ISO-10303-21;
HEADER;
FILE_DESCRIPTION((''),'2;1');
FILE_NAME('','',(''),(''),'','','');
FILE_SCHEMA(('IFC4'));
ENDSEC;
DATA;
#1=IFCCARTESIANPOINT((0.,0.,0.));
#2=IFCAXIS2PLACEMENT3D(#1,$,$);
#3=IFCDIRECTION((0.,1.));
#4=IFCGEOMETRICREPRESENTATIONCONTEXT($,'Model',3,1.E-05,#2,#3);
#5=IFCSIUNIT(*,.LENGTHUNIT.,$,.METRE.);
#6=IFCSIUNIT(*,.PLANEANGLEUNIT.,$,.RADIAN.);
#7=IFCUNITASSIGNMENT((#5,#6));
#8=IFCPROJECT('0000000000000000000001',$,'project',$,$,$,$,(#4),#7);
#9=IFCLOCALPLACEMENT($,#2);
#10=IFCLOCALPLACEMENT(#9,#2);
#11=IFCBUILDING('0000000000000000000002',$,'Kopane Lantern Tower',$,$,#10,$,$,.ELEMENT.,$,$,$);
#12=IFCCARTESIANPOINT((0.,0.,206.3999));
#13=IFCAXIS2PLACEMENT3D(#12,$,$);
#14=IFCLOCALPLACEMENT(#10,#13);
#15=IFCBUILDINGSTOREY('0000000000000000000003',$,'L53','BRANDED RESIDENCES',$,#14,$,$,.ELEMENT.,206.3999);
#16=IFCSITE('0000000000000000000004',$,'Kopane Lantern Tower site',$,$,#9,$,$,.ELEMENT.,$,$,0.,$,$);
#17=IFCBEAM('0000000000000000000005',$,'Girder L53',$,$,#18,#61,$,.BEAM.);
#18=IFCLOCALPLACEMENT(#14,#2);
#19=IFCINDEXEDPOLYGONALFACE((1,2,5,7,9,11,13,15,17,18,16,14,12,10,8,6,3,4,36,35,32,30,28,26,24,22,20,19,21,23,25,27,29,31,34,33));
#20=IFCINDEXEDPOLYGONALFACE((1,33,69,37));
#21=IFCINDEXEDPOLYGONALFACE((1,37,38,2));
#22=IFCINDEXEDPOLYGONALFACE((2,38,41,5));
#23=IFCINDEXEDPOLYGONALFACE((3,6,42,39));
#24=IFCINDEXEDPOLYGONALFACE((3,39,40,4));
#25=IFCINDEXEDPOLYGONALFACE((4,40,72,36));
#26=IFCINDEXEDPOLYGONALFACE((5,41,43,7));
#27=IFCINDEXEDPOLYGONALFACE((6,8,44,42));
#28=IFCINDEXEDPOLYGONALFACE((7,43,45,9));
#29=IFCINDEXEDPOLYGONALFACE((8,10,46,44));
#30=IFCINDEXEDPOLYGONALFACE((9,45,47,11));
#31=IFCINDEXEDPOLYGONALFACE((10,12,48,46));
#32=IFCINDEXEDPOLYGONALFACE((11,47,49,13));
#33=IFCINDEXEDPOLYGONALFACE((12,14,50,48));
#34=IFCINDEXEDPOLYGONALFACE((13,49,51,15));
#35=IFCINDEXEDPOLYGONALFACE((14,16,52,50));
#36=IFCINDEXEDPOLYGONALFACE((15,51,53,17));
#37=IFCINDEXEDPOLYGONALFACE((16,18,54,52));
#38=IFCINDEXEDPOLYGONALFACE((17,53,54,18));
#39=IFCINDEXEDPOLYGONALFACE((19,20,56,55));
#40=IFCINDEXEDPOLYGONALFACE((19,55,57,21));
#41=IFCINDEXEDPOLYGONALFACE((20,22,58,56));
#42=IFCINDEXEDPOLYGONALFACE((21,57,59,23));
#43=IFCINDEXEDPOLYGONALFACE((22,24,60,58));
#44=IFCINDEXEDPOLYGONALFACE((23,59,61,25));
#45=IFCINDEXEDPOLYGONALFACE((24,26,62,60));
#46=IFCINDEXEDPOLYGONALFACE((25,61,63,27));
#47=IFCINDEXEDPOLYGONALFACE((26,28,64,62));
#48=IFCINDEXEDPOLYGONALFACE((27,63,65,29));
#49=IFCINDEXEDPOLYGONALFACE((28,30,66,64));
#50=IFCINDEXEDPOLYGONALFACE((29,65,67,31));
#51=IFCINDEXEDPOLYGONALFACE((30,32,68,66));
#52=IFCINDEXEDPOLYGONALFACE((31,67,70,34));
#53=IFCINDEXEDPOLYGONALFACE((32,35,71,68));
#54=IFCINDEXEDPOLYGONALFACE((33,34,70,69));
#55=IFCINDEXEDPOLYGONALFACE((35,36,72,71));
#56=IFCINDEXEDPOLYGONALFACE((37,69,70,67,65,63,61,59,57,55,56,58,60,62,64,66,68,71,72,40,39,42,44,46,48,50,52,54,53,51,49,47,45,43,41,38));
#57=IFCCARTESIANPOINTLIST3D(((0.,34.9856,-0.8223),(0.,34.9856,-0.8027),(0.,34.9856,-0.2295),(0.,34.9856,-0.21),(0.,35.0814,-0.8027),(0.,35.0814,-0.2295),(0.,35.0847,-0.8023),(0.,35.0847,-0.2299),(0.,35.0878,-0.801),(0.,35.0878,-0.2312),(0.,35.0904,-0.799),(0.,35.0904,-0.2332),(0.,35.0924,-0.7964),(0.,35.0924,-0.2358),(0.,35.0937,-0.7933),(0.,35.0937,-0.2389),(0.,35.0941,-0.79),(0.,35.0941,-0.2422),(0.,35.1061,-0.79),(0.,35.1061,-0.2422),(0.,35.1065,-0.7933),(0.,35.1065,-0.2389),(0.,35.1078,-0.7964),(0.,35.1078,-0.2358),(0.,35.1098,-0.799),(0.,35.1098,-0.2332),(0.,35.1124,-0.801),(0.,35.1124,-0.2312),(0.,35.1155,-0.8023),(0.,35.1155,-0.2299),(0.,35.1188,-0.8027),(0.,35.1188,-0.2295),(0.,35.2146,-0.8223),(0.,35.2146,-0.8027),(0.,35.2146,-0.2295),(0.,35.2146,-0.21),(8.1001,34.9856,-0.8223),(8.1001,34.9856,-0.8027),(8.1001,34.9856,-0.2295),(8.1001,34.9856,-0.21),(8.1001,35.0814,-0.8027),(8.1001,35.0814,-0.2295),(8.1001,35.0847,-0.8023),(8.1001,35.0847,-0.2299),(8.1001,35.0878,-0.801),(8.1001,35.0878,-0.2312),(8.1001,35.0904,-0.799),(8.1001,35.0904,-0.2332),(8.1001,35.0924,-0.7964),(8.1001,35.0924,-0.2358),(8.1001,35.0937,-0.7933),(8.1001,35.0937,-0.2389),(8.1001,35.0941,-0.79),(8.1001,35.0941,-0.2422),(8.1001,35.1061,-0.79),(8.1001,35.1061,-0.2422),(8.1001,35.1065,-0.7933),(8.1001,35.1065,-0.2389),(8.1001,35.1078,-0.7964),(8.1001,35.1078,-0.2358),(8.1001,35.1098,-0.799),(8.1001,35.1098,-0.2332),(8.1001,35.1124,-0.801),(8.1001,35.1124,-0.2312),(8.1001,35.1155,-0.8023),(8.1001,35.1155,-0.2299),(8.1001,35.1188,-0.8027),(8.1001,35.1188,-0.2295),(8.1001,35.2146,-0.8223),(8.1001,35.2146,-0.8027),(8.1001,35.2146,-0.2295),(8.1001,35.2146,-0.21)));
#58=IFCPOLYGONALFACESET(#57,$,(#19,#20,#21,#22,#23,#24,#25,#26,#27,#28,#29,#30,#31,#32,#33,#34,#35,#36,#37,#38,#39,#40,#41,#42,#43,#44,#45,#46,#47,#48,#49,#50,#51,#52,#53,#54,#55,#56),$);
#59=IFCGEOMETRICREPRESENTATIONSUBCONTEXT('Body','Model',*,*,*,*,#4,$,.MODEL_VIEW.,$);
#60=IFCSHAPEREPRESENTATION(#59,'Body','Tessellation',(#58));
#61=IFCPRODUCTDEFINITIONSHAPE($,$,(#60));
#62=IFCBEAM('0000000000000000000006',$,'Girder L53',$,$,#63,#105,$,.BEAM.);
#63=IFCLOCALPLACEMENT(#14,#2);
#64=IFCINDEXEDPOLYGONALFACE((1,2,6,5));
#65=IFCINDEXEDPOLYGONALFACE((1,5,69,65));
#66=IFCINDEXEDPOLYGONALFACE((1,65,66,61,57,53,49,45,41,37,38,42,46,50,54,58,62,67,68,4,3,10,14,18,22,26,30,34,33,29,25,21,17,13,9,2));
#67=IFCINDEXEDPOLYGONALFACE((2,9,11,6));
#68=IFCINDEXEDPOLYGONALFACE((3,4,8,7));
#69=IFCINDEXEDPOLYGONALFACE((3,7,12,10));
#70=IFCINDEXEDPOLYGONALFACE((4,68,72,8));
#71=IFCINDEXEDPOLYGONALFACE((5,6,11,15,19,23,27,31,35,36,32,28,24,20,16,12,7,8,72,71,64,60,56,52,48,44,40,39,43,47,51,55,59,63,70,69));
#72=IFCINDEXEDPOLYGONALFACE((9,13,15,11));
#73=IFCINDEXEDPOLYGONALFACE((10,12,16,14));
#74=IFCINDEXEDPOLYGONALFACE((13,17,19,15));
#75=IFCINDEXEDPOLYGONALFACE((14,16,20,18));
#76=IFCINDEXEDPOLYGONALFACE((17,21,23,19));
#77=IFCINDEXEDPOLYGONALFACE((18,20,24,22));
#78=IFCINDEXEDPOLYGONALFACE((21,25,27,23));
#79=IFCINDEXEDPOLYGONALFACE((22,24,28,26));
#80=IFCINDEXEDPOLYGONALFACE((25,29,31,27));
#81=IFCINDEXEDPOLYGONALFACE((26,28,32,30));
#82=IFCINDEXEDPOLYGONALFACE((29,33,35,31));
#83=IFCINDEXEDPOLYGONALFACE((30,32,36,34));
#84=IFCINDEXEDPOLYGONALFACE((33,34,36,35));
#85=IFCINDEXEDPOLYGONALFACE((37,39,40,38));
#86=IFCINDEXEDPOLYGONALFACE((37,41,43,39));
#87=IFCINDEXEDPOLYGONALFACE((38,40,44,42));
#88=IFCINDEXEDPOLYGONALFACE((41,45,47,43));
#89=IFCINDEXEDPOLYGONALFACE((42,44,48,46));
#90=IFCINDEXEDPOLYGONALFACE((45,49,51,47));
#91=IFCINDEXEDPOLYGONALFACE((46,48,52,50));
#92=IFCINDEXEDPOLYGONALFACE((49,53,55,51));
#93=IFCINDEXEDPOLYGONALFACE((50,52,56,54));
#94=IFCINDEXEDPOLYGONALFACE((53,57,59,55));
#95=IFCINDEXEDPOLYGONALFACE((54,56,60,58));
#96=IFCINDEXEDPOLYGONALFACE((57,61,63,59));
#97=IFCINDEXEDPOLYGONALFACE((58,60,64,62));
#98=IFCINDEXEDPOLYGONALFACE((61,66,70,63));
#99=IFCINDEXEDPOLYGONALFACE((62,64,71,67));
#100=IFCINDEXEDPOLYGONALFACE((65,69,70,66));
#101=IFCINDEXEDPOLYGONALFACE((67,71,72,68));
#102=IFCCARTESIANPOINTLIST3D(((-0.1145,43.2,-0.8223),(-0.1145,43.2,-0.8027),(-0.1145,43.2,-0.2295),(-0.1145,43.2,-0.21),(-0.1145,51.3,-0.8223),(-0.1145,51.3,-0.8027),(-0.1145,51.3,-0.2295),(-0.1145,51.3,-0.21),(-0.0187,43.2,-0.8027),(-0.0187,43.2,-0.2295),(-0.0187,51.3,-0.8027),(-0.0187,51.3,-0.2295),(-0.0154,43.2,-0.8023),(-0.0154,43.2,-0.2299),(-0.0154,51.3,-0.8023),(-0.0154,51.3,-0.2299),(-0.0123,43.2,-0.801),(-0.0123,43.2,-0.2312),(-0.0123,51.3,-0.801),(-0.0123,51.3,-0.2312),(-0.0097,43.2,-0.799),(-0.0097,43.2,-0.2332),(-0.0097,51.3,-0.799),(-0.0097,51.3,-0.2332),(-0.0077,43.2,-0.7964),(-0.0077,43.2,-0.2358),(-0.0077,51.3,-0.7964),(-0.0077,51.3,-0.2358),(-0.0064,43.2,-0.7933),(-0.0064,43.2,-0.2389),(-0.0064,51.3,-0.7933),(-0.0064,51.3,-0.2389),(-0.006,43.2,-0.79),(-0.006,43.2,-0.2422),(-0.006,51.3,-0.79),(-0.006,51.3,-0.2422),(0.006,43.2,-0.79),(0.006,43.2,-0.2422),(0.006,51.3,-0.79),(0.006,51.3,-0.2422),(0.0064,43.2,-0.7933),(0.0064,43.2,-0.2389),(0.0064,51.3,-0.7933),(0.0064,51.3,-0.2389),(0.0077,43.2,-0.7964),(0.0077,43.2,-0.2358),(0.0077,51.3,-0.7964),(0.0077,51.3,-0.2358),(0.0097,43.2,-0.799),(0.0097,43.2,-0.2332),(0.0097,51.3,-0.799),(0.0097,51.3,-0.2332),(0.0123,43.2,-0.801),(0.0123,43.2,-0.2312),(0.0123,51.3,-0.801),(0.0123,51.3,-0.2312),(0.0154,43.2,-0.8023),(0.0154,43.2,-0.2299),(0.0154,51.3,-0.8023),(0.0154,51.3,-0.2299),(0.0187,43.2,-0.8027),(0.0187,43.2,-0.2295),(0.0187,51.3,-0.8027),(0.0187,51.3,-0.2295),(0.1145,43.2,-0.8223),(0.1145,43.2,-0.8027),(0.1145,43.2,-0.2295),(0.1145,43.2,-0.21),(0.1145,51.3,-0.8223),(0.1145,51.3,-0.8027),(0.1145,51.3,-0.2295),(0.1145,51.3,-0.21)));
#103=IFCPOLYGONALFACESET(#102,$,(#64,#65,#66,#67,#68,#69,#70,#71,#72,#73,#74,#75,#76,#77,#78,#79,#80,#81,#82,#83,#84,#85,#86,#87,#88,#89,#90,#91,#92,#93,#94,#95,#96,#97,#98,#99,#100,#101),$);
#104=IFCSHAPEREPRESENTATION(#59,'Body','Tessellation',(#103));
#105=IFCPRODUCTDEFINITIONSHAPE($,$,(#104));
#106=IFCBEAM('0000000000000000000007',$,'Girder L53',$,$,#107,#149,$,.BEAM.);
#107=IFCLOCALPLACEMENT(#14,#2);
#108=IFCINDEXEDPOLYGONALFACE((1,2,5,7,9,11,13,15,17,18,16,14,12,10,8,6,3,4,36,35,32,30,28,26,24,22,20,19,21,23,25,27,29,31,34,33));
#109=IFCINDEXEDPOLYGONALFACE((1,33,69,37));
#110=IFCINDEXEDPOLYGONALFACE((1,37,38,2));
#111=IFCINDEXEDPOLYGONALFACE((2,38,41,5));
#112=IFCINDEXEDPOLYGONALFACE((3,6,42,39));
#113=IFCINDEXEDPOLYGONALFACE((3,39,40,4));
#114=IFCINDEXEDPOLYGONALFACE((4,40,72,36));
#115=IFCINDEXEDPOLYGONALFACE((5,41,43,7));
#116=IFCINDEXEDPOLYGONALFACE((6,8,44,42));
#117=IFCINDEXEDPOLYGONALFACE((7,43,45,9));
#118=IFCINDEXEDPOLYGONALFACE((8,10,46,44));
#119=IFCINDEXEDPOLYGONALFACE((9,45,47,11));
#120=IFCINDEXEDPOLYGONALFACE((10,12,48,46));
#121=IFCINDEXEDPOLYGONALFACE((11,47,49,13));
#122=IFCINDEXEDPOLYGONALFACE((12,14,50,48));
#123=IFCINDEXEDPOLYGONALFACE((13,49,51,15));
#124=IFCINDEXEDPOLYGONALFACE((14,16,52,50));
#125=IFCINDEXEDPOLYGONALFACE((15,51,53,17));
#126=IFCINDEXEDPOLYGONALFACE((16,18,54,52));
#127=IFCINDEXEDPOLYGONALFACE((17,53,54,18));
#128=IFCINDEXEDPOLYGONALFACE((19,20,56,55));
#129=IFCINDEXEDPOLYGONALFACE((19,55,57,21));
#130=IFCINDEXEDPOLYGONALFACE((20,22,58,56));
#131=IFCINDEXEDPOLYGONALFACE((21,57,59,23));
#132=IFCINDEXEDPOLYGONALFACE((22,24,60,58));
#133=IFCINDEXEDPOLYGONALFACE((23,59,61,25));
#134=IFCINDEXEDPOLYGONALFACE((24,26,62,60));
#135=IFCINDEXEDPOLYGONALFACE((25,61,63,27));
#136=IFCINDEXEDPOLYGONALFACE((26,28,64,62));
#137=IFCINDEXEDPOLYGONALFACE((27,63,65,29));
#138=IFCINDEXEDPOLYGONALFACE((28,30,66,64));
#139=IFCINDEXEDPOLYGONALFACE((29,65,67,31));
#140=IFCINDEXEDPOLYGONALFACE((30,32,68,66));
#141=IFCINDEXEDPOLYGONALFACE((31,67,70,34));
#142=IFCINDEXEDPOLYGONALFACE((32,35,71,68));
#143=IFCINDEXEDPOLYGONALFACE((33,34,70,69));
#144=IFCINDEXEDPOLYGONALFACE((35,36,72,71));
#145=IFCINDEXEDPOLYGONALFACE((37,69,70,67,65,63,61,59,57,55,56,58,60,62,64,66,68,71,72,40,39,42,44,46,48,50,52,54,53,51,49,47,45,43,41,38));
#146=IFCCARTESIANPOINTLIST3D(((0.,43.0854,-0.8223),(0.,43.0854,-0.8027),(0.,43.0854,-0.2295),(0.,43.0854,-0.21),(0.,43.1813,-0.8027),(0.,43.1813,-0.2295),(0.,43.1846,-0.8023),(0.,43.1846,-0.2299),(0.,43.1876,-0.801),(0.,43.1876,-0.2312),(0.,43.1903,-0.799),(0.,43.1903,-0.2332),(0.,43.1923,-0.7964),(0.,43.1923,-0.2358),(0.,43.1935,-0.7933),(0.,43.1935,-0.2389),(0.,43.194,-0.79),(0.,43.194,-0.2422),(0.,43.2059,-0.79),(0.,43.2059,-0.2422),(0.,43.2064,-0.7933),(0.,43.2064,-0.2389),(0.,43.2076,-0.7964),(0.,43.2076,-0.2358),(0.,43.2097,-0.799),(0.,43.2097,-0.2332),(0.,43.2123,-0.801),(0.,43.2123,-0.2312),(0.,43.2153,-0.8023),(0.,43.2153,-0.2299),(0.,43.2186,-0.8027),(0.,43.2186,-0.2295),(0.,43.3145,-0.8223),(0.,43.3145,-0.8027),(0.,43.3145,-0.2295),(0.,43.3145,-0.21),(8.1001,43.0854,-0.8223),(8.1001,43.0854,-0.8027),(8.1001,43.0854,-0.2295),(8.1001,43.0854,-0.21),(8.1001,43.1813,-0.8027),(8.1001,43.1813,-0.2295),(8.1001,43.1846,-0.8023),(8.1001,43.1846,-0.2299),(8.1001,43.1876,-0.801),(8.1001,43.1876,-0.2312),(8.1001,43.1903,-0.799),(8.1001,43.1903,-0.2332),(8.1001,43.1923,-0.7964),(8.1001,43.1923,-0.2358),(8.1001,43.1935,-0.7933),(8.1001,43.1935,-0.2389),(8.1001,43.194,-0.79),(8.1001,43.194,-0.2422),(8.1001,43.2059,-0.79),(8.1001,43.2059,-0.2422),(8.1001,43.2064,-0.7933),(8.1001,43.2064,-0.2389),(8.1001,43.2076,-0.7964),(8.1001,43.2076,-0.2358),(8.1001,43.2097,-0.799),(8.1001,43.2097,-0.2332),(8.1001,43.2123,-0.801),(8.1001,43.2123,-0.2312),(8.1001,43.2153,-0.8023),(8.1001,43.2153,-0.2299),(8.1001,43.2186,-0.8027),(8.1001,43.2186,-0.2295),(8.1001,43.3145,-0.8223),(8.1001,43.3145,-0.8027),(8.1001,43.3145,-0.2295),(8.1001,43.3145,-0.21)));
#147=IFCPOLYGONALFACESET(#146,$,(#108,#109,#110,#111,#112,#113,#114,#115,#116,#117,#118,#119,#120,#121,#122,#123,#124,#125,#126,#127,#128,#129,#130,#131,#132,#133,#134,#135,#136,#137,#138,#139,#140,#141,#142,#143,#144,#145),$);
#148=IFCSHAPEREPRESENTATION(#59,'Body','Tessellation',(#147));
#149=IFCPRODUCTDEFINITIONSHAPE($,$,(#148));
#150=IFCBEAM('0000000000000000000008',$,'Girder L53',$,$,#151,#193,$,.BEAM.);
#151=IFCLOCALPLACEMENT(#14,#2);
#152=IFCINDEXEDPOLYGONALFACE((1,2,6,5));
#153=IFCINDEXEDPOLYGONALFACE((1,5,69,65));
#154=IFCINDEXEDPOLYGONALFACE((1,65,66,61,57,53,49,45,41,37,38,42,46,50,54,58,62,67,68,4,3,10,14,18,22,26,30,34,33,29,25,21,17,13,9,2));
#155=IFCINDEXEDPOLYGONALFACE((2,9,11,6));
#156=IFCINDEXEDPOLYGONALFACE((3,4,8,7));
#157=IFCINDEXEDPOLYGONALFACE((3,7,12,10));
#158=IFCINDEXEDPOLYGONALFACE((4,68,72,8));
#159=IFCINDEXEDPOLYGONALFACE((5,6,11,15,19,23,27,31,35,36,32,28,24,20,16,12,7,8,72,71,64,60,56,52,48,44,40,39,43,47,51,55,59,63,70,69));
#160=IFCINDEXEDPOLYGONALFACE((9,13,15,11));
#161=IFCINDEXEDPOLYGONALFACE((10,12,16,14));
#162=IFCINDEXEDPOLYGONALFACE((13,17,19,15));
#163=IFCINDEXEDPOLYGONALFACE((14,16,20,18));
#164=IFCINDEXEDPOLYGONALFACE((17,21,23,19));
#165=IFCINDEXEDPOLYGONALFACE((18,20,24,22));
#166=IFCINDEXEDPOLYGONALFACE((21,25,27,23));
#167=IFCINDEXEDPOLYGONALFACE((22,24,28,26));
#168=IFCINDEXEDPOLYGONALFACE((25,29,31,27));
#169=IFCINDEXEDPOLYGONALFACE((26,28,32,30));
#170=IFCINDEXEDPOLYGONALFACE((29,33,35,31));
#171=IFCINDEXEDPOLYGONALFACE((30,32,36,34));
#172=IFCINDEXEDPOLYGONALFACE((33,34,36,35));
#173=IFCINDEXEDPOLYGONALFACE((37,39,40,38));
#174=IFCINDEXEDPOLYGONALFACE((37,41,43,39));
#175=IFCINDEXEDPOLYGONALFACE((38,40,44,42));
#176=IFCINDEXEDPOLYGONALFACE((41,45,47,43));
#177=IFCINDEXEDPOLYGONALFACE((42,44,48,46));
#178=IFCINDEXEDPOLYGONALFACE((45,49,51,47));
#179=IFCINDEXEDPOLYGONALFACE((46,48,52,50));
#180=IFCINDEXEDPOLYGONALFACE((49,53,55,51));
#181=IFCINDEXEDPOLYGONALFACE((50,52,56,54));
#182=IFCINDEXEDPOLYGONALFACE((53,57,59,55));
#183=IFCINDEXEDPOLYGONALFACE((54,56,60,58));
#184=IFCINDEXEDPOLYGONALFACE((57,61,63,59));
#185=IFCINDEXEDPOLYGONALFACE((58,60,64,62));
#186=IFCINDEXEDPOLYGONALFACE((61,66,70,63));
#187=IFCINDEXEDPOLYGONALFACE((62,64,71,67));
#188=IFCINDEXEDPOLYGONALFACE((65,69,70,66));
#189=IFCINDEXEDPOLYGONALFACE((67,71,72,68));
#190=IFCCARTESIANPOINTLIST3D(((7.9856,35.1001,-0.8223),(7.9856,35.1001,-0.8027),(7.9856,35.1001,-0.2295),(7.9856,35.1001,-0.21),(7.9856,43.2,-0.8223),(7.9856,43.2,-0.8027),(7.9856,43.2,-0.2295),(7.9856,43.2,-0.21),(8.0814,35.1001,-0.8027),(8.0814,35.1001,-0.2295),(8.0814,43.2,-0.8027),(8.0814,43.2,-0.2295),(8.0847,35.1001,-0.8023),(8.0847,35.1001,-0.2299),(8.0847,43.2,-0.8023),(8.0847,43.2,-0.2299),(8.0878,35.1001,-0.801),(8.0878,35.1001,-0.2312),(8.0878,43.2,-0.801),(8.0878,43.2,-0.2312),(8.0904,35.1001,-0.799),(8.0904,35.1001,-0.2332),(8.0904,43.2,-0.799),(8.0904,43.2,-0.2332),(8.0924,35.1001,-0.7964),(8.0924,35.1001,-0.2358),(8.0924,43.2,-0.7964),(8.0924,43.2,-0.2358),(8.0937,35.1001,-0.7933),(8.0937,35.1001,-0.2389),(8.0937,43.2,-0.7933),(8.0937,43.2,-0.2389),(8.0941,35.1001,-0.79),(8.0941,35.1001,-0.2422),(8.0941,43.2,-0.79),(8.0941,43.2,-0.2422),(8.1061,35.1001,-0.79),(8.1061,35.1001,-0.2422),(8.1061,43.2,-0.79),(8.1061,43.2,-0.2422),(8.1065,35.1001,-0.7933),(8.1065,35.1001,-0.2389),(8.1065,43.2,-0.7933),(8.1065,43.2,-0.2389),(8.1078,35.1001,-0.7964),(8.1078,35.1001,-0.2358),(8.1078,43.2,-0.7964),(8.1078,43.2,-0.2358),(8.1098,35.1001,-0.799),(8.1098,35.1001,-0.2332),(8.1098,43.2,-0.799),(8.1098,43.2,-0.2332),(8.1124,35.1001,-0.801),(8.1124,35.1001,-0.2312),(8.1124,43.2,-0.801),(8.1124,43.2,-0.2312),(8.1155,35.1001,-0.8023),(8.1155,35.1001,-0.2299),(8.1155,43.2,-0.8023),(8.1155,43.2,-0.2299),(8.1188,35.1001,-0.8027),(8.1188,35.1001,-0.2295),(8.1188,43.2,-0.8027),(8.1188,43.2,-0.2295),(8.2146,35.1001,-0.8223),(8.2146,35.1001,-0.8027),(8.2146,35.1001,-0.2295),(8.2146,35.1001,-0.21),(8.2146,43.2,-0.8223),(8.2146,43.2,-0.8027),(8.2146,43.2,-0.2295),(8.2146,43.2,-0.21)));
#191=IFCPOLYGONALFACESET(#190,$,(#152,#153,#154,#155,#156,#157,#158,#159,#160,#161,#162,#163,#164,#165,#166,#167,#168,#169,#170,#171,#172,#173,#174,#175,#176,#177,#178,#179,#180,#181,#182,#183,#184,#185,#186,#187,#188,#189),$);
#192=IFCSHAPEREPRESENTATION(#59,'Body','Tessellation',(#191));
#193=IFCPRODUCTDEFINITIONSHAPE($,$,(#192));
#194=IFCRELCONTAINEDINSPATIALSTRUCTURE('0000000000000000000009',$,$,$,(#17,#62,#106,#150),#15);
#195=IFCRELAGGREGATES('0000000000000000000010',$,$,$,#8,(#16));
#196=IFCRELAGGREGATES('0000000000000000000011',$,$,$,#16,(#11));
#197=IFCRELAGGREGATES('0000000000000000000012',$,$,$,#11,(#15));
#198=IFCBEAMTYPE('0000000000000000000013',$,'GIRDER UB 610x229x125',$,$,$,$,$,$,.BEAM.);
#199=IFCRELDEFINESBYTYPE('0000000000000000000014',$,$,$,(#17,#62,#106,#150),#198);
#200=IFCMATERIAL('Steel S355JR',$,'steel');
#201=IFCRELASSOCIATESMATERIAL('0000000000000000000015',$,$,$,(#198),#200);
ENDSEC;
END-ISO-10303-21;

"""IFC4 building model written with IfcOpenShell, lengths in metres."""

from ifc_helpers import new_model, si_unit, direction, frame, origin, origin_2d, place, context, subcontext, project, spatial, i_section, extrude, material, material_profile, profile_set, type_object, element, save


model = new_model("IFC4")

# Units and contexts
model_context = context("Model", 3, precision=1e-05, world=origin(), true_north=direction((0.0, 1.0)))
body_context = subcontext(model_context, "Body", "Model", "MODEL_VIEW")
ifc_project = project(units=[si_unit("LENGTHUNIT", "METRE"), si_unit("PLANEANGLEUNIT", "RADIAN")], contexts=[model_context])

# Site, building, storey
site_placement = place(None, origin())
site = spatial("IfcSite", under=ifc_project, at=site_placement, Name="Kopane Lantern Tower site", CompositionType="ELEMENT", RefElevation=0.0)
building_placement = place(site_placement, origin())
building = spatial("IfcBuilding", under=site, at=building_placement, Name="Kopane Lantern Tower", CompositionType="ELEMENT")
storey_placement = place(building_placement, frame((0.0, 0.0, 206.3999)))
storey = spatial("IfcBuildingStorey", under=building, at=storey_placement, Name="L53", Description="BRANDED RESIDENCES", CompositionType="ELEMENT", Elevation=206.3999)

# Beams
ifc_material_1 = material(Name="Steel S355JR", Category="steel")
ifc_material_profile_1 = material_profile(ifc_material_1, i_section(OverallWidth=0.229, OverallDepth=0.6123, WebThickness=0.012, FlangeThickness=0.0195, FilletRadius=0.0127, at=origin_2d()), Name="UB 610x229x125")
ifc_profile_set_1 = profile_set([ifc_material_profile_1], Name="Steel S355JR")
beam_type = type_object("IfcBeamType", Name="GIRDER UB 610x229x125", PredefinedType="BEAM", material=ifc_profile_set_1)
for number, where, z_axis, x_axis, name in (
    (1, (0.0, 35.1001, -0.5161), (1.0, 0.0, 0.0), (0.0, 1.0, 0.0), "Girder L53"),
    (2, (0.0, 43.2, -0.5161), (0.0, 1.0, 0.0), (-1.0, 0.0, 0.0), "Girder L53"),
    (3, (0.0, 43.2, -0.5161), (1.0, 0.0, 0.0), (0.0, 1.0, 0.0), "Girder L53"),
):
    element("IfcBeam", number, at=place(storey_placement, frame(where, z_axis=z_axis, x_axis=x_axis)), inside=storey, type_object=beam_type, Name=name, PredefinedType="BEAM", context=body_context, shape_type="SweptSolid", body=[
        extrude(i_section(OverallWidth=0.229, OverallDepth=0.6123, WebThickness=0.012, FlangeThickness=0.0195, FilletRadius=0.0127, at=origin_2d()), origin(), (0.0, 0.0, 1.0), 8.1001),
    ])
for number, where, z_axis, x_axis, name in (
    (4, (8.1001, 35.1001, -0.5161), (0.0, 1.0, 0.0), (-1.0, 0.0, 0.0), "Girder L53"),
):
    element("IfcBeam", number, at=place(storey_placement, frame(where, z_axis=z_axis, x_axis=x_axis)), inside=storey, type_object=beam_type, Name=name, PredefinedType="BEAM", context=body_context, shape_type="SweptSolid", body=[
        extrude(i_section(OverallWidth=0.229, OverallDepth=0.6123, WebThickness=0.012, FlangeThickness=0.0195, FilletRadius=0.0127, at=origin_2d()), origin(), (0.0, 0.0, 1.0), 8.0999),
    ])

save(model, "model.ifc")
